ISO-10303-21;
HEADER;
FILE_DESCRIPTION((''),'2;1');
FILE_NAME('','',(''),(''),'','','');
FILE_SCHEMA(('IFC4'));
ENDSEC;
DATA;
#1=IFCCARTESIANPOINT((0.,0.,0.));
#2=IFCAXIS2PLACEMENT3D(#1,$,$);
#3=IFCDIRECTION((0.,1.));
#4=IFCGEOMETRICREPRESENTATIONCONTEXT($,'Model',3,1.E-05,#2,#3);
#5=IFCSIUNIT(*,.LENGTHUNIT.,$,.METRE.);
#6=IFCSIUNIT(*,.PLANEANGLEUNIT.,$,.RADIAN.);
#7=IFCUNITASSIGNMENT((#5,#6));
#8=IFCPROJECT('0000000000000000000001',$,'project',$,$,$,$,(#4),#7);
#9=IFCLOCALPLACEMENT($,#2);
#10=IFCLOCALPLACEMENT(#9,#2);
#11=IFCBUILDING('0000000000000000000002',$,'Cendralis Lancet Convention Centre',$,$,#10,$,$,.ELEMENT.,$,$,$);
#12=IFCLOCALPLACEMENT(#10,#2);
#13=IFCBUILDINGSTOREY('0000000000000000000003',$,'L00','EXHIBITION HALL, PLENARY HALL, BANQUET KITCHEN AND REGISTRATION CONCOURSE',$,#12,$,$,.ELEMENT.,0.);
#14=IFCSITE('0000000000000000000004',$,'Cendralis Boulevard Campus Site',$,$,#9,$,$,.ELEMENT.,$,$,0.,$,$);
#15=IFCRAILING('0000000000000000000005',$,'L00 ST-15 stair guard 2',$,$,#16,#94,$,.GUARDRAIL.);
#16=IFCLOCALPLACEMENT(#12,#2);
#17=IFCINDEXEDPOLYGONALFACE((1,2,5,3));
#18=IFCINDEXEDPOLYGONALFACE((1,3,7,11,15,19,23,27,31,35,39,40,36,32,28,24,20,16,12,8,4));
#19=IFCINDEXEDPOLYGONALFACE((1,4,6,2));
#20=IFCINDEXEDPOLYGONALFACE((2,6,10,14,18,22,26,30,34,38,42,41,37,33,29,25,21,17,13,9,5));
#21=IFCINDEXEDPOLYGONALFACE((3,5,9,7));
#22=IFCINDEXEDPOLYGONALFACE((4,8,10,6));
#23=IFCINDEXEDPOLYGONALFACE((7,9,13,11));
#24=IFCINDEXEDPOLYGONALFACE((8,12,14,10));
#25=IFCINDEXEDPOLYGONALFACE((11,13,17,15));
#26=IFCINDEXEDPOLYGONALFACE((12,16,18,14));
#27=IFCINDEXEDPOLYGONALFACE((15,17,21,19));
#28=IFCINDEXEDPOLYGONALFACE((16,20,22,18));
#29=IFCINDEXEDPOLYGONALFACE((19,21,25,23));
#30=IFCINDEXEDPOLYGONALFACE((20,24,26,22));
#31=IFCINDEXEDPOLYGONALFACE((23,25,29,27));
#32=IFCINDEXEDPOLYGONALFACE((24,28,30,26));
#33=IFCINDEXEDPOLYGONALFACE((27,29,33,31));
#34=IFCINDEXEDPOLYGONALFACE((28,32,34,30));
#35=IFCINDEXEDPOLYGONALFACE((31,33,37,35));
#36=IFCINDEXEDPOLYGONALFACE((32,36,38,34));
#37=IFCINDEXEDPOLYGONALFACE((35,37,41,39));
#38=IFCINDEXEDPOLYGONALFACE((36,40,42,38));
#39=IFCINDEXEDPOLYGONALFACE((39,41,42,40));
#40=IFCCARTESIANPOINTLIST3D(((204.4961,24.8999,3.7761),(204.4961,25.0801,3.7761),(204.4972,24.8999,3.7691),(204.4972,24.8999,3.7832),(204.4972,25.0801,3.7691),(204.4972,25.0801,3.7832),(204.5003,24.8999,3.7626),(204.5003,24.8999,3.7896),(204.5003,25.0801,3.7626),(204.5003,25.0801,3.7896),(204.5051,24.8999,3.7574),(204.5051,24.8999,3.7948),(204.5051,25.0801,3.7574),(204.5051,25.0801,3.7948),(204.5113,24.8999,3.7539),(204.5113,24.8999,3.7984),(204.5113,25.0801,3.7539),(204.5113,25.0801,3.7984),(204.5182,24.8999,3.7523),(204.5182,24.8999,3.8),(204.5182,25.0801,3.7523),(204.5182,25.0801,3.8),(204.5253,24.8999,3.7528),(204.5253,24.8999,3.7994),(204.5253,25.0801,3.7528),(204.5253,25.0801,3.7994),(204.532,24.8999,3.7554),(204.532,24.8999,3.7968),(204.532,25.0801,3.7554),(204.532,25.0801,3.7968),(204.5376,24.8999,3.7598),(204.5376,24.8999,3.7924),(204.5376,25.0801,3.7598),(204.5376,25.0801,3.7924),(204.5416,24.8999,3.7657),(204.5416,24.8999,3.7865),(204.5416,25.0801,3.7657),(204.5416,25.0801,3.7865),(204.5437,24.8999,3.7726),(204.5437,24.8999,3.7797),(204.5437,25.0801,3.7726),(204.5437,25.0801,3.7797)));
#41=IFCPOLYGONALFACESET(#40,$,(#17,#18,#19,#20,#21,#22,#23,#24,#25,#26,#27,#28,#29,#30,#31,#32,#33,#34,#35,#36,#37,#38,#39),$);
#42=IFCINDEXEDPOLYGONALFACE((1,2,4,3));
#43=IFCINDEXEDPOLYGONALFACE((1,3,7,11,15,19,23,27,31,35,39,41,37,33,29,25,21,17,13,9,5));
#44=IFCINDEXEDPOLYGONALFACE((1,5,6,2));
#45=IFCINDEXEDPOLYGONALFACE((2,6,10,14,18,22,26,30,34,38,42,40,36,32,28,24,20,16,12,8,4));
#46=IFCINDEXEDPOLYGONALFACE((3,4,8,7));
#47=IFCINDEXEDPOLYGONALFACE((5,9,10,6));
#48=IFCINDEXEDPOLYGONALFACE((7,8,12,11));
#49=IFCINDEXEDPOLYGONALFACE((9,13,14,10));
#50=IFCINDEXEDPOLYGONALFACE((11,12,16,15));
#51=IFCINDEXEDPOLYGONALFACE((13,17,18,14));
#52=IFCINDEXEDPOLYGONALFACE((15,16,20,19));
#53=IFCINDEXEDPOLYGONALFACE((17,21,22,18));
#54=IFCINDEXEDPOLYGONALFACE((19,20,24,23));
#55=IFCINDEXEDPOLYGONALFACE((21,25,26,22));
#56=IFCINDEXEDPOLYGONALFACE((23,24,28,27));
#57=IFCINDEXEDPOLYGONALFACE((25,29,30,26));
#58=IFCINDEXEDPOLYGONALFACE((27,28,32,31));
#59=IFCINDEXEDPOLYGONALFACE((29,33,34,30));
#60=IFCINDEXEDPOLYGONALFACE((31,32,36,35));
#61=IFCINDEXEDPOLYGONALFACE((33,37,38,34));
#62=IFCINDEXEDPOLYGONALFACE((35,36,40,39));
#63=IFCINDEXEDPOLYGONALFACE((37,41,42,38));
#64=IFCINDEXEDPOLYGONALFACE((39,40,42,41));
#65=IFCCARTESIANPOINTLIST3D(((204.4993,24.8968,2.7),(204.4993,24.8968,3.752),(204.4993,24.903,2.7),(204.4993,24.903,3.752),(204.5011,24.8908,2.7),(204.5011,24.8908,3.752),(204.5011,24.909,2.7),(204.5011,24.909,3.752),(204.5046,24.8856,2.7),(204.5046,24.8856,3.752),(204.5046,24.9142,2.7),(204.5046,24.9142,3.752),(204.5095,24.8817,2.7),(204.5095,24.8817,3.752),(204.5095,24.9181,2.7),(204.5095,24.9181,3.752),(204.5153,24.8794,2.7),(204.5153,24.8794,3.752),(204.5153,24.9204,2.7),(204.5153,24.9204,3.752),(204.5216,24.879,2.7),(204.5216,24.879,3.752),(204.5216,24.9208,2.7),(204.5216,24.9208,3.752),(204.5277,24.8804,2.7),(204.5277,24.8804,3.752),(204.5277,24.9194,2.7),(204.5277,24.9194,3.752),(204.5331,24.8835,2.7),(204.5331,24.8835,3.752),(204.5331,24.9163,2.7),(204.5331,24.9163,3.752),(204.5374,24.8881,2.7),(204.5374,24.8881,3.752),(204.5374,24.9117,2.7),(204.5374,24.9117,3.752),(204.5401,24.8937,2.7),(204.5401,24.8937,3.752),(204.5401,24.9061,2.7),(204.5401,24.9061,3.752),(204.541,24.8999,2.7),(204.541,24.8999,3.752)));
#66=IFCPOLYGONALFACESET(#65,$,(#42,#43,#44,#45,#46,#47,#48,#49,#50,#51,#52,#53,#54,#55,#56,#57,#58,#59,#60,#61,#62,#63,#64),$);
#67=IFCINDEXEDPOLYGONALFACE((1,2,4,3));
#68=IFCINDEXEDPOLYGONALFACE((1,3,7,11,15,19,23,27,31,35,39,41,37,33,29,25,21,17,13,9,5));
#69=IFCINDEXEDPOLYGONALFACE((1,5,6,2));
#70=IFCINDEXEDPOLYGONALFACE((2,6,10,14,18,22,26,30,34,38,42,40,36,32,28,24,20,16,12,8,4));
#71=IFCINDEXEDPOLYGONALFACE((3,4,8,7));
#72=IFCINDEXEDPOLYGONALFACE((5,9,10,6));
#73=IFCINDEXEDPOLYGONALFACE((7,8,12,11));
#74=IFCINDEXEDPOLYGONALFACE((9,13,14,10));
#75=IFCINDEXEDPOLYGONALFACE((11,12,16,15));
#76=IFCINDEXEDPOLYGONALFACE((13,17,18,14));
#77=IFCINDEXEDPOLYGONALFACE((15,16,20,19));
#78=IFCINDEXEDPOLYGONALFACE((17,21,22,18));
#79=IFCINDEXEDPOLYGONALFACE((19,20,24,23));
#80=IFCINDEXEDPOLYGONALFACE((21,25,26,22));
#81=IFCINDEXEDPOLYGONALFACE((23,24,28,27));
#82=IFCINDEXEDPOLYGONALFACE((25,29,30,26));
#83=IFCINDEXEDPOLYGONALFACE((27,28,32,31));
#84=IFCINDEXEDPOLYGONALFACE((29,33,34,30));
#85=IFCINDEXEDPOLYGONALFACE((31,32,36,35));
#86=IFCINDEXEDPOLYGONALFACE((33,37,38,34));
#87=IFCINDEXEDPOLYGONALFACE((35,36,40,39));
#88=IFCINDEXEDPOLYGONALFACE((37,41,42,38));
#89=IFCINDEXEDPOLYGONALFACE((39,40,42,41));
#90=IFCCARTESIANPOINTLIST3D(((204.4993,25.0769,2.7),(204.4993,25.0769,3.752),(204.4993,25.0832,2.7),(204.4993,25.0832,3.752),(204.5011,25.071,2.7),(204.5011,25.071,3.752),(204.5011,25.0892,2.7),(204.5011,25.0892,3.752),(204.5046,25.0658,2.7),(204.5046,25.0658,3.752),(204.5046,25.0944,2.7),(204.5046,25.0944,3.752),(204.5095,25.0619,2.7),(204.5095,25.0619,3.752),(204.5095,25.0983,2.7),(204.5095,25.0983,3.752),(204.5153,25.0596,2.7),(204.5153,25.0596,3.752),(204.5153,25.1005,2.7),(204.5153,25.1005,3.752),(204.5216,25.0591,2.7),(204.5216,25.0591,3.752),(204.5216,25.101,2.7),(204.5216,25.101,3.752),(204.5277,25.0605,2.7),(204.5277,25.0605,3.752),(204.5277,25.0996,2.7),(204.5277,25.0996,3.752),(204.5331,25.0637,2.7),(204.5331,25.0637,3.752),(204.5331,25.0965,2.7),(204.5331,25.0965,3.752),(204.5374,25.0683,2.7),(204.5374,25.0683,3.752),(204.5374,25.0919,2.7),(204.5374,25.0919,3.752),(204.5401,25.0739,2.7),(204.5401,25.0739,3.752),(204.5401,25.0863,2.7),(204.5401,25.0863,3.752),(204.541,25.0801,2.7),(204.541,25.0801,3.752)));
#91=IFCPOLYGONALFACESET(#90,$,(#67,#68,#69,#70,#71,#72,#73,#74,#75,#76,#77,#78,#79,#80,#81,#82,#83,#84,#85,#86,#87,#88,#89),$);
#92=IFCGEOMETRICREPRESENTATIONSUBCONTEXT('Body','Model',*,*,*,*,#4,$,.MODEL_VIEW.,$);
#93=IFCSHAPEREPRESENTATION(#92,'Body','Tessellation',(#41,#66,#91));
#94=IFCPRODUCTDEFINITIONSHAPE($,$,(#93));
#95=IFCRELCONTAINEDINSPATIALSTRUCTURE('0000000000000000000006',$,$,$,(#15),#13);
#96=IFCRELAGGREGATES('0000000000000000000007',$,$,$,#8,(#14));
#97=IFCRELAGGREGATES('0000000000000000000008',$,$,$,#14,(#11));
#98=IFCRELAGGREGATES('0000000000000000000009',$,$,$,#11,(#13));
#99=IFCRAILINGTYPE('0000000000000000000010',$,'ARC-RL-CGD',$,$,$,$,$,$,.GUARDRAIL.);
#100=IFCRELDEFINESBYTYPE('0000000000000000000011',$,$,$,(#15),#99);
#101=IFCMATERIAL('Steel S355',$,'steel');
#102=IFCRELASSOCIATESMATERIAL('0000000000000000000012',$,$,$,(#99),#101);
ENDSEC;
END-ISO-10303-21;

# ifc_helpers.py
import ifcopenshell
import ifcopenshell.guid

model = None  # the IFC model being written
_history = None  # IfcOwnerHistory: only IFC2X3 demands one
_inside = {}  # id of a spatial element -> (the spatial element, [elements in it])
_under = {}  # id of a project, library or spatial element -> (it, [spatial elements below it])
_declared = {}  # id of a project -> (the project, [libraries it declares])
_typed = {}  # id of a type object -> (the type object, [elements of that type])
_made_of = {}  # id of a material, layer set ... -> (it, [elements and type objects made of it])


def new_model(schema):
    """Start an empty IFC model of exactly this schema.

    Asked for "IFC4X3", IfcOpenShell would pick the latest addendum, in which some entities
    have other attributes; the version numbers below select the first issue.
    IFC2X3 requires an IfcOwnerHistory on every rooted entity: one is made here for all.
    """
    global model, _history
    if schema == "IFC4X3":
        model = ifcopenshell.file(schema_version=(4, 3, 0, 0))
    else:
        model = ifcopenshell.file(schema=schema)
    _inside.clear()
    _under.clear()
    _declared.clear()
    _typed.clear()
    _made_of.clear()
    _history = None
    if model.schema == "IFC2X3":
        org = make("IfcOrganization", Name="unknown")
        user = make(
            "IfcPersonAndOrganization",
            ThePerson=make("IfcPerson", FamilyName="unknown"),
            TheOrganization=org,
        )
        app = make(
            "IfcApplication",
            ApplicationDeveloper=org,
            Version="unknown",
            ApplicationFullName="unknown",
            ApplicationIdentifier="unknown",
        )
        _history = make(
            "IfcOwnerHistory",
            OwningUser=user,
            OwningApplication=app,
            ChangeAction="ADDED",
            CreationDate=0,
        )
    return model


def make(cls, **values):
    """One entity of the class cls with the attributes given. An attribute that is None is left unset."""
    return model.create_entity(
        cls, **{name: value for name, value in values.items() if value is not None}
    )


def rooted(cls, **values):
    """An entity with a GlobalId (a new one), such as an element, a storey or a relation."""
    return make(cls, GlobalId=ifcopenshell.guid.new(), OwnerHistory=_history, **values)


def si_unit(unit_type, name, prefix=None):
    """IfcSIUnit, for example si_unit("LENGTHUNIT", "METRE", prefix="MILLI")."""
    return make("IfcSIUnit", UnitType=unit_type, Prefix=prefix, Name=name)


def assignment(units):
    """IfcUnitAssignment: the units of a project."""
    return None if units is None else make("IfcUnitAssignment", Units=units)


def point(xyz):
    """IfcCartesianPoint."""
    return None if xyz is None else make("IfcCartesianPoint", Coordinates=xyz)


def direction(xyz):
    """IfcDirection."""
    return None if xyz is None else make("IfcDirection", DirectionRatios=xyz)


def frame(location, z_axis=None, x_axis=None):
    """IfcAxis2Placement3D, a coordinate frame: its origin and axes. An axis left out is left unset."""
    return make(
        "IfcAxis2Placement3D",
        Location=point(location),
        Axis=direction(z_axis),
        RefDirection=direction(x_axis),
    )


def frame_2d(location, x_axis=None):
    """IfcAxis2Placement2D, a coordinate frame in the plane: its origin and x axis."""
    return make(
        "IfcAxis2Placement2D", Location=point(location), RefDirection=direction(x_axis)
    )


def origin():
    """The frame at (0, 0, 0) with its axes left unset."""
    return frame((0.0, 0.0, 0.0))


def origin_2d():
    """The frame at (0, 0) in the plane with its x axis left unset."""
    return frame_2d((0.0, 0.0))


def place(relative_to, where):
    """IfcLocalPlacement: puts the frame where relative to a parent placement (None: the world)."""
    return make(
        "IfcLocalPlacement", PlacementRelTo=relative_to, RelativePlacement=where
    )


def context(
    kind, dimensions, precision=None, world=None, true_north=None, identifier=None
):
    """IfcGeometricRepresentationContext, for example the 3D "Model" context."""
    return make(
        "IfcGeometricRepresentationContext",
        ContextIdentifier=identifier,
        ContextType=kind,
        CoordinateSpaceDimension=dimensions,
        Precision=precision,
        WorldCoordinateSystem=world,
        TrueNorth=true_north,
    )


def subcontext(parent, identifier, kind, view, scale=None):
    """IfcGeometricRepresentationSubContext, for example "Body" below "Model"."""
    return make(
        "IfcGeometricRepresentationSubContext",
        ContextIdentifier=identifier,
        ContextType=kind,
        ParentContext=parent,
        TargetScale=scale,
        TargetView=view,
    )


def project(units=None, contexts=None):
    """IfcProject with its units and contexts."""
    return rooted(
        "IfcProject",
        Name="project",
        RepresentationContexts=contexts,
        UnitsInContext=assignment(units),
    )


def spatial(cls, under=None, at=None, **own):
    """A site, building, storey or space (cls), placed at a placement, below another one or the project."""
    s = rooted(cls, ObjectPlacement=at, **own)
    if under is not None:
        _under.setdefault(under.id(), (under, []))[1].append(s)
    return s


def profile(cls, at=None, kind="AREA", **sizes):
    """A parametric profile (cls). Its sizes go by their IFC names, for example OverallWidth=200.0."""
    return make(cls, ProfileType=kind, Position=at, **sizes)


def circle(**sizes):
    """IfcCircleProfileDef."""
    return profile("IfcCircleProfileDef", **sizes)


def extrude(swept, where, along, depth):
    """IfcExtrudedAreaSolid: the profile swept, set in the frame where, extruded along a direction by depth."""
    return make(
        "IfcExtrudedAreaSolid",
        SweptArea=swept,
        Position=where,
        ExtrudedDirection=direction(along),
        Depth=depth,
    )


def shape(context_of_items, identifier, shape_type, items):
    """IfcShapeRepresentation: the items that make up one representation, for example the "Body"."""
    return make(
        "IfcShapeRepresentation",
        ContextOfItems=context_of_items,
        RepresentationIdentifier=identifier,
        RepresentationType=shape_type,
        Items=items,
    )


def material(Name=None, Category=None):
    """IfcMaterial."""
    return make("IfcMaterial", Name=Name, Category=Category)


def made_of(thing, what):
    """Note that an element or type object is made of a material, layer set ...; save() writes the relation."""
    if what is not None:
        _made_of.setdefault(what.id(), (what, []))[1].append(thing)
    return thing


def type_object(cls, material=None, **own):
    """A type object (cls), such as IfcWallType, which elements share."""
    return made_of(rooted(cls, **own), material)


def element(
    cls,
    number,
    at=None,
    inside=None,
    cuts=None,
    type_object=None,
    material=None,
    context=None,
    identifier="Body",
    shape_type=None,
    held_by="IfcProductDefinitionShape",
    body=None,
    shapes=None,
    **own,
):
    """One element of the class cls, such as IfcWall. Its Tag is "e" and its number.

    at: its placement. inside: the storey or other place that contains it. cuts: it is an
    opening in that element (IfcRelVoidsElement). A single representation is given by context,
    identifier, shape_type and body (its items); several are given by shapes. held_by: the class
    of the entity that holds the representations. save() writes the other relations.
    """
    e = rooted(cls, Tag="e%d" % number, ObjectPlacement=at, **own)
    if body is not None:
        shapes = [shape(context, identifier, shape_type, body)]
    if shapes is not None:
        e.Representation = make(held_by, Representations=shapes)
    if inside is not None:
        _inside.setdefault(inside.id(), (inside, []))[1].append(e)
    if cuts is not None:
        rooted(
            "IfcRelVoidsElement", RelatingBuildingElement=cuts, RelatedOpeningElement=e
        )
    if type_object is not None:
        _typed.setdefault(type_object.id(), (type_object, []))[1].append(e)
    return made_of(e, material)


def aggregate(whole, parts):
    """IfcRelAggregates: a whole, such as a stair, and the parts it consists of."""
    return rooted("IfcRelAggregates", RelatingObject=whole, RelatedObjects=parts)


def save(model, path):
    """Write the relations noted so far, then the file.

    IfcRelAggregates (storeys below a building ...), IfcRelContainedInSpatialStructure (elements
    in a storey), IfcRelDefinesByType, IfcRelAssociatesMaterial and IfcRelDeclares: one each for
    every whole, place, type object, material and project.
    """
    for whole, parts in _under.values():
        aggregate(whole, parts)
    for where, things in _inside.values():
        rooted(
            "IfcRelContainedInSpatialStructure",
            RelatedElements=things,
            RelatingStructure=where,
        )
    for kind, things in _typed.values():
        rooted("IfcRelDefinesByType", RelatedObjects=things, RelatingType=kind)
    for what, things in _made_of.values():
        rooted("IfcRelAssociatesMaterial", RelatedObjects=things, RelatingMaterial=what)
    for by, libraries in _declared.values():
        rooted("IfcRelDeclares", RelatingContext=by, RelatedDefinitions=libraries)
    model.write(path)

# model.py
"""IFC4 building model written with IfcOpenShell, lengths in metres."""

from ifc_helpers import new_model, si_unit, direction, frame, origin, origin_2d, place, context, subcontext, project, spatial, circle, extrude, material, type_object, element, save


model = new_model("IFC4")

# Units and contexts
model_context = context("Model", 3, precision=1e-05, world=origin(), true_north=direction((0.0, 1.0)))
body_context = subcontext(model_context, "Body", "Model", "MODEL_VIEW")
ifc_project = project(units=[si_unit("LENGTHUNIT", "METRE"), si_unit("PLANEANGLEUNIT", "RADIAN")], contexts=[model_context])

# Site, building, storey
site_placement = place(None, origin())
site = spatial("IfcSite", under=ifc_project, at=site_placement, Name="Cendralis Boulevard Campus Site", CompositionType="ELEMENT", RefElevation=0.0)
building_placement = place(site_placement, origin())
building = spatial("IfcBuilding", under=site, at=building_placement, Name="Cendralis Lancet Convention Centre", CompositionType="ELEMENT")
storey_placement = place(building_placement, origin())
storey = spatial("IfcBuildingStorey", under=building, at=storey_placement, Name="L00", Description="EXHIBITION HALL, PLENARY HALL, BANQUET KITCHEN AND REGISTRATION CONCOURSE", CompositionType="ELEMENT", Elevation=0.0)

# Shared definitions
ifc_material_1 = material(Name="Steel S355", Category="steel")

# Railing
railing_type_1 = type_object("IfcRailingType", Name="ARC-RL-CGD", PredefinedType="GUARDRAIL", material=ifc_material_1)
railing_1_placement = place(storey_placement, frame((204.52, 24.8999, 2.7)))
element("IfcRailing", 1, at=railing_1_placement, inside=storey, type_object=railing_type_1, Name="L00 ST-15 stair guard 2", PredefinedType="GUARDRAIL", context=body_context, shape_type="SweptSolid", body=[
    extrude(circle(Radius=0.0239, at=origin_2d()), frame((0.0, 0.0, 1.0762), z_axis=(0.0, 1.0, 0.0), x_axis=(-1.0, 0.0, 0.0)), (0.0, 0.0, 1.0), 0.1802),
    extrude(circle(Radius=0.021, at=origin_2d()), origin(), (0.0, 0.0, 1.0), 1.052),
    extrude(circle(Radius=0.021, at=origin_2d()), frame((0.0, 0.1802, 0.0)), (0.0, 0.0, 1.0), 1.052),
])

save(model, "model.ifc")
